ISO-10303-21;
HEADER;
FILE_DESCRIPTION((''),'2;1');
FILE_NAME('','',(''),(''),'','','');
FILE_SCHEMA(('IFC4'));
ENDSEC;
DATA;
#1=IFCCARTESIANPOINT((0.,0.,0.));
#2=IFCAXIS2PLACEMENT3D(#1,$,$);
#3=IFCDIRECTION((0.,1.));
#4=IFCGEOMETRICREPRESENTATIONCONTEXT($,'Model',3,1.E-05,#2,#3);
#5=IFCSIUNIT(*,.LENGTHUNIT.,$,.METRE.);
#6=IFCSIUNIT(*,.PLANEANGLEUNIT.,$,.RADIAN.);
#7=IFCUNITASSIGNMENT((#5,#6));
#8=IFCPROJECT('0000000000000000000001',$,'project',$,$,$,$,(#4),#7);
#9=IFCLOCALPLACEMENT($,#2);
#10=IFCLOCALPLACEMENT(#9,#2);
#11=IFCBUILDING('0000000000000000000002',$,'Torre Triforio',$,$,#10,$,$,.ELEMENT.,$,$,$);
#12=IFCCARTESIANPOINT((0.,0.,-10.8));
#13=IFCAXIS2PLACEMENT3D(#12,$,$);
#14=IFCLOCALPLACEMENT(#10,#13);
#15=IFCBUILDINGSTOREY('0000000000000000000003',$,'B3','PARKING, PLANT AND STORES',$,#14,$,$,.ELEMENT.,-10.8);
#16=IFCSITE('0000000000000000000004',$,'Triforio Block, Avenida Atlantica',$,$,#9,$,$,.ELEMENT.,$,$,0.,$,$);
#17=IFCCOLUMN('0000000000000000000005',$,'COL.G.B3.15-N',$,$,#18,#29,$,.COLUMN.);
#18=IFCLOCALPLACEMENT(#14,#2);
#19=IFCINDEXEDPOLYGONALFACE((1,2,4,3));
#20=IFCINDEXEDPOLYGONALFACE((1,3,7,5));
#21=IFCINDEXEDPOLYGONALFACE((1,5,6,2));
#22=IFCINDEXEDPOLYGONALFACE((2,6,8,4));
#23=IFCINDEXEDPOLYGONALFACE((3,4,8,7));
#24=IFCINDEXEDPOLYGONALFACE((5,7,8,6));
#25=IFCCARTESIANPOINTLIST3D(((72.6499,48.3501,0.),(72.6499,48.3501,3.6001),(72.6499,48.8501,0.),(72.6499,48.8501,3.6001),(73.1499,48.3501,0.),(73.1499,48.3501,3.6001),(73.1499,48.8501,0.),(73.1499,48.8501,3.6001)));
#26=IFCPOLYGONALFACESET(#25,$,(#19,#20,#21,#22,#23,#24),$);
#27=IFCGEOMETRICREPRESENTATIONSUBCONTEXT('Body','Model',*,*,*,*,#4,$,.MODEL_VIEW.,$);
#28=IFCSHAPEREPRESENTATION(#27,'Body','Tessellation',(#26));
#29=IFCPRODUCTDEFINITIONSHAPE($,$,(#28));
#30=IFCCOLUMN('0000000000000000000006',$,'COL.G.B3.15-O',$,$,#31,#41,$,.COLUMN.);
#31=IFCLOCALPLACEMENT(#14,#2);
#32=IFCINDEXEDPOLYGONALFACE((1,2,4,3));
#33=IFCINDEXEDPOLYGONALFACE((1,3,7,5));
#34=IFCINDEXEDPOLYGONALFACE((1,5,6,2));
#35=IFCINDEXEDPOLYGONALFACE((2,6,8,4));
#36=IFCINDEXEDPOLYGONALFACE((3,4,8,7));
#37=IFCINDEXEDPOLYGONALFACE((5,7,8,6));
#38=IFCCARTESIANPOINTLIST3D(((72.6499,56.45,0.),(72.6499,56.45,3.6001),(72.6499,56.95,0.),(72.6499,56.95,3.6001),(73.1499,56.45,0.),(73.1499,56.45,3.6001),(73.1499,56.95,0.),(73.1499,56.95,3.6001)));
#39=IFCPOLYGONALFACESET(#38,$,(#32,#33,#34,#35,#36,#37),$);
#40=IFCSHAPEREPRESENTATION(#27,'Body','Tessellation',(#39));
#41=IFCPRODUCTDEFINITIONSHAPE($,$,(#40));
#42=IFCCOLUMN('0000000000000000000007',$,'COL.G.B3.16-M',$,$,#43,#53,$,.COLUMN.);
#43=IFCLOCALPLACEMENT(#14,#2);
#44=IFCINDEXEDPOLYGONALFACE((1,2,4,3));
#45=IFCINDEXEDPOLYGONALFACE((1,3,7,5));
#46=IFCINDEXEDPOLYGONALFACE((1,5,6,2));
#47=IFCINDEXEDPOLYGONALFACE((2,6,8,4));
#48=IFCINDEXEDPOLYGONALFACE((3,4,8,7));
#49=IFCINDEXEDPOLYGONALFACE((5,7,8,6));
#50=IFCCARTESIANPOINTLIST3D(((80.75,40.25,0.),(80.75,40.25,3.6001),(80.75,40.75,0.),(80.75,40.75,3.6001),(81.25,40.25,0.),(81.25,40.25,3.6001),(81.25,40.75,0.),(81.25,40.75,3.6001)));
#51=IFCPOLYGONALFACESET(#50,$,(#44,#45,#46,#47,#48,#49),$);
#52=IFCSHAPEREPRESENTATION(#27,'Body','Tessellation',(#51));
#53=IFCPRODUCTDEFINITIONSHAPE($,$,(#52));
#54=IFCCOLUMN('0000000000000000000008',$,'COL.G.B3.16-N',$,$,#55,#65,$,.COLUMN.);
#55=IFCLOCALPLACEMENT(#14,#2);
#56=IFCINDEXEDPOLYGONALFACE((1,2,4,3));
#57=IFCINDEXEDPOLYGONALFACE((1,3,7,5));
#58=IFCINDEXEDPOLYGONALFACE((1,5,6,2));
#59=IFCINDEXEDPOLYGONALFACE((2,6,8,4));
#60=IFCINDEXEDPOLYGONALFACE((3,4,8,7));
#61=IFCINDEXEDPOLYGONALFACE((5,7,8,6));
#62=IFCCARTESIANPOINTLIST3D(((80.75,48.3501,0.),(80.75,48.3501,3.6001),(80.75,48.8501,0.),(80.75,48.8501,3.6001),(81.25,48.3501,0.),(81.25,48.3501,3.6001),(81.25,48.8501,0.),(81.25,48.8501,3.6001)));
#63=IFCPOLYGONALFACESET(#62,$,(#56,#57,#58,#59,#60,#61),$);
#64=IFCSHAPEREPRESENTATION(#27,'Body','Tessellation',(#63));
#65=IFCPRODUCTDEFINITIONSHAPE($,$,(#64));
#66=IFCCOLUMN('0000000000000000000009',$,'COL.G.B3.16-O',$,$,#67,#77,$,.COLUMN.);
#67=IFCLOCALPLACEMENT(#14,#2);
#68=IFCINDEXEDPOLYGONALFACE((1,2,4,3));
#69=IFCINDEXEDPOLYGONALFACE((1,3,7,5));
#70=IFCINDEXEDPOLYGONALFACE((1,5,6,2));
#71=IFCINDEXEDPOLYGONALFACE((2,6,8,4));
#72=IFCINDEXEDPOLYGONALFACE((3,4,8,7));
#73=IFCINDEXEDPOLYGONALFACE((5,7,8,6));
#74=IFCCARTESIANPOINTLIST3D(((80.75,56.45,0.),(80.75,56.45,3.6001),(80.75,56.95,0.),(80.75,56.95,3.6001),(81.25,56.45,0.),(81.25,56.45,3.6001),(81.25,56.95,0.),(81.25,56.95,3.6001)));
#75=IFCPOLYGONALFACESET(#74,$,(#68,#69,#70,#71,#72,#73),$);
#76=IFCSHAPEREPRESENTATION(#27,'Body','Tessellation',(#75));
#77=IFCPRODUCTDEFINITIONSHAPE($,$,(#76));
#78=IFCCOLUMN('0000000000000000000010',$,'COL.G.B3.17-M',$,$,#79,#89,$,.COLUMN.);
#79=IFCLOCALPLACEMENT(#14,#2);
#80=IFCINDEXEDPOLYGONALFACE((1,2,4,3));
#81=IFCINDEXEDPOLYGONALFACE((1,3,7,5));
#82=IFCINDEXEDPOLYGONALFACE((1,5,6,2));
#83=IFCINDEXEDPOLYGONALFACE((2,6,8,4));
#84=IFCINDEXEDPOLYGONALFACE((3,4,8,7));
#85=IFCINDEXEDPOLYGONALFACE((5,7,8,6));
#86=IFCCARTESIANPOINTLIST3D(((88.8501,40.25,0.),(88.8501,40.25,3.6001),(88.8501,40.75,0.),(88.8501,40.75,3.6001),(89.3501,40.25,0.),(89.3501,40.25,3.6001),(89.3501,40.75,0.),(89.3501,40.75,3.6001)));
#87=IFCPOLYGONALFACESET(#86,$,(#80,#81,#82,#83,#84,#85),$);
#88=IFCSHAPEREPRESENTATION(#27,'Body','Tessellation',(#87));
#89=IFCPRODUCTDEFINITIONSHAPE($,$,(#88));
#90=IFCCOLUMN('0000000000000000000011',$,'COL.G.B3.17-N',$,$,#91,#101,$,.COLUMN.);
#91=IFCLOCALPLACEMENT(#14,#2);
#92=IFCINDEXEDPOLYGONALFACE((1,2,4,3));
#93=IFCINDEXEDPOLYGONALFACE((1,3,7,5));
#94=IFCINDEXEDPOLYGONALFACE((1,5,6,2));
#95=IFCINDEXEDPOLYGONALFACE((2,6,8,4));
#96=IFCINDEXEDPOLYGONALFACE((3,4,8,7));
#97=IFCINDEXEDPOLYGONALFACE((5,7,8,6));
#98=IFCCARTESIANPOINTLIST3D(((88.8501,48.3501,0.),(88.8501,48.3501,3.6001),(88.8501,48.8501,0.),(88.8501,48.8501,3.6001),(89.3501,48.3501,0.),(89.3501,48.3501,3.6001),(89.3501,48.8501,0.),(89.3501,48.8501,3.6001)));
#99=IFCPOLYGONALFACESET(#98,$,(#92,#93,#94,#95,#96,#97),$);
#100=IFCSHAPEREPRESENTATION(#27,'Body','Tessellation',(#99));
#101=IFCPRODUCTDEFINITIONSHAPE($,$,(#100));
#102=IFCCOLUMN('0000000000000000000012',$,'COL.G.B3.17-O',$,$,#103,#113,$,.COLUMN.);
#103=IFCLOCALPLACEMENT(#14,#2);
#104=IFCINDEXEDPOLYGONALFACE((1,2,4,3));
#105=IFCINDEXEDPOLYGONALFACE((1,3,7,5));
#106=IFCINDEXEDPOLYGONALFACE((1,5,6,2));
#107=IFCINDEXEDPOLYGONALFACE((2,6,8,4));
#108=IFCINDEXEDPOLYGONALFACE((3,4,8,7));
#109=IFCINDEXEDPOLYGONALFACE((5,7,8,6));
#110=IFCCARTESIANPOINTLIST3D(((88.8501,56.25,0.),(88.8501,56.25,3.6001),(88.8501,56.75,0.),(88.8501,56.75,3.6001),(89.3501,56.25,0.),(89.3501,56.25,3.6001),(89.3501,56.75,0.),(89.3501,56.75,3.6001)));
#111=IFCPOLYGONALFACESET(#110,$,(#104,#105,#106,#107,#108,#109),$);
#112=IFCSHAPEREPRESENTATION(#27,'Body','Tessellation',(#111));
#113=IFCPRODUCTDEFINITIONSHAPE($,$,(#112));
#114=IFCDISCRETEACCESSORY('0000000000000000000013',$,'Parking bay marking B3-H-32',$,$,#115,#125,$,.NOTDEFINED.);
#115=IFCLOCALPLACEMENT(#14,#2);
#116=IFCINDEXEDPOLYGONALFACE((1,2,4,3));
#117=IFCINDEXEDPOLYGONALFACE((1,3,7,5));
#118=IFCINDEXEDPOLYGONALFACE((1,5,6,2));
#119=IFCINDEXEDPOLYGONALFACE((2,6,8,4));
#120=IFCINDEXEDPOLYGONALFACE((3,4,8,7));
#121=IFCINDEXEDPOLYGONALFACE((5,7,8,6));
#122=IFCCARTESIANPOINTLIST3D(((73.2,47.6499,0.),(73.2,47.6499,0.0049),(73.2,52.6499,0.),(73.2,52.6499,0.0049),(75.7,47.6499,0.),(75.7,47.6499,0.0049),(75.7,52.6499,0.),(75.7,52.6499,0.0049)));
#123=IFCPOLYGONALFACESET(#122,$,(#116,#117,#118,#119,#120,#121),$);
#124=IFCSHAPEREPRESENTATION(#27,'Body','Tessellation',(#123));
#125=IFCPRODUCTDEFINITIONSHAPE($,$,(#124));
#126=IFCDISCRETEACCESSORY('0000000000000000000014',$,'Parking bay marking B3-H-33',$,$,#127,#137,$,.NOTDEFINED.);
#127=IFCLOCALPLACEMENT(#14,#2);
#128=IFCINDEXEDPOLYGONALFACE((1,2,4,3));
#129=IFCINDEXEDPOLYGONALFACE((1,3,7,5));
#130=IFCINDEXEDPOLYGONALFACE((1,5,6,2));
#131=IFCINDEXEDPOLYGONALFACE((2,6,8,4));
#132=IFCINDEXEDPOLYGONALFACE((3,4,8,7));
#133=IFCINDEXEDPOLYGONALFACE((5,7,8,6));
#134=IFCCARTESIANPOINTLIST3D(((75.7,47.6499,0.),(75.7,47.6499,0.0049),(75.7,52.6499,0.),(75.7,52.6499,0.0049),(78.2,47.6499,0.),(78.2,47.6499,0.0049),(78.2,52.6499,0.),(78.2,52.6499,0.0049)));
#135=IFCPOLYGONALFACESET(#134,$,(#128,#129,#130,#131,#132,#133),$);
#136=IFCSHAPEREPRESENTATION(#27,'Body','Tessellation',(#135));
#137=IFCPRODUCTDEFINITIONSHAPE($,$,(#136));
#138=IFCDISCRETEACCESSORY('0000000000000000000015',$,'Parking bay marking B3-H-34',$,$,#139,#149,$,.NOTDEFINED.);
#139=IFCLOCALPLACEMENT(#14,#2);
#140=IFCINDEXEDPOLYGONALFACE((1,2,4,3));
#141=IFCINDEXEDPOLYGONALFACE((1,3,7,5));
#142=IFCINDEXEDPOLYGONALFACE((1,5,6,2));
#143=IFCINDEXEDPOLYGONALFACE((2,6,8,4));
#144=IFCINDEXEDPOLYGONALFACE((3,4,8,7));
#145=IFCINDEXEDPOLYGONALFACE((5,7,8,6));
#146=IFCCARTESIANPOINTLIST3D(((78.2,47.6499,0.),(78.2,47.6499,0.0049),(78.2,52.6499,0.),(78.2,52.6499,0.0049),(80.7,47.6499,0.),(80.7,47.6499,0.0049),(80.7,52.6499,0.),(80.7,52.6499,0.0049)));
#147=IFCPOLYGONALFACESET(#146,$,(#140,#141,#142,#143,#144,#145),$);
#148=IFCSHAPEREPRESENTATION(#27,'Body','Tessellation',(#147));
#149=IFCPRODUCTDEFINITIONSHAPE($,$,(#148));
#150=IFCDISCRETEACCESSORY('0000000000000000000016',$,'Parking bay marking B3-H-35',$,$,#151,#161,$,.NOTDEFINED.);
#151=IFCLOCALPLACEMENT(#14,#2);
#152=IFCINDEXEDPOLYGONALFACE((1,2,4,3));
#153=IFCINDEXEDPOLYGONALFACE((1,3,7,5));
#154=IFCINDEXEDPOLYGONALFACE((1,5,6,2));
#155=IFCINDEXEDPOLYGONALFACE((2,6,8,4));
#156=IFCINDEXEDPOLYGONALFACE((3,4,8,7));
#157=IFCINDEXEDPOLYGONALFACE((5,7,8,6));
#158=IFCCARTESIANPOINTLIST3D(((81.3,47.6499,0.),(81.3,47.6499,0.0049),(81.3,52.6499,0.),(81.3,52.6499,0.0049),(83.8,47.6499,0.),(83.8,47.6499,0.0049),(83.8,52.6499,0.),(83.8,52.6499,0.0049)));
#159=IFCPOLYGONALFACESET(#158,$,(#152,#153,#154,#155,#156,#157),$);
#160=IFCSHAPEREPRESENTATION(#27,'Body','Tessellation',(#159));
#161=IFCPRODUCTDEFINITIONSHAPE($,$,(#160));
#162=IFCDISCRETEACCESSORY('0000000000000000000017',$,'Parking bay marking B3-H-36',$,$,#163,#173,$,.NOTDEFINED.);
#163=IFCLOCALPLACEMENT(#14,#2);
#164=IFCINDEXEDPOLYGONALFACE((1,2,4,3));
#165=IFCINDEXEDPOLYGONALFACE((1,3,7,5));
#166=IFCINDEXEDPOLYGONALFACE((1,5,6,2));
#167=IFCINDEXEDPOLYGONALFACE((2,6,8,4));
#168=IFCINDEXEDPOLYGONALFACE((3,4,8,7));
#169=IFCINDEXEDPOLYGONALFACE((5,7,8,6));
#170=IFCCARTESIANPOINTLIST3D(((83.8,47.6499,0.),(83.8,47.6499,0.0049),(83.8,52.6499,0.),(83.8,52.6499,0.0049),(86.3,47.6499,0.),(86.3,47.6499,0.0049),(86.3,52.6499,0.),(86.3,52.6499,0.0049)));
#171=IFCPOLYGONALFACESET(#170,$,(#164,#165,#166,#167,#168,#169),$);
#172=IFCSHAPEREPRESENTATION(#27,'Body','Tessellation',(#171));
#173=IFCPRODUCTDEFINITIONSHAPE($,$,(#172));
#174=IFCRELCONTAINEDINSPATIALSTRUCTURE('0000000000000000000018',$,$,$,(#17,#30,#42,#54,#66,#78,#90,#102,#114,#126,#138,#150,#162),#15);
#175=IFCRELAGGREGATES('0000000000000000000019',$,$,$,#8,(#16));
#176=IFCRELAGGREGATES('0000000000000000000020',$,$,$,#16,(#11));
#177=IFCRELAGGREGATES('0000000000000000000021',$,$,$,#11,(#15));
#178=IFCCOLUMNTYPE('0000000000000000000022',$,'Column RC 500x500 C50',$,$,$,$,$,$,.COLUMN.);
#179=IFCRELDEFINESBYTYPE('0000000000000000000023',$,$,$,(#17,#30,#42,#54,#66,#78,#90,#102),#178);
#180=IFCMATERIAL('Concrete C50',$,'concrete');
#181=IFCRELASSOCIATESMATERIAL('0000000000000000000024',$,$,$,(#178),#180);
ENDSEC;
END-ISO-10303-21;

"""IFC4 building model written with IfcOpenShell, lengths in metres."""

from ifc_helpers import new_model, si_unit, direction, frame, origin, origin_2d, place, context, subcontext, project, spatial, rectangle, extrude, material, material_profile, profile_set, type_object, element, save


model = new_model("IFC4")

# Units and contexts
model_context = context("Model", 3, precision=1e-05, world=origin(), true_north=direction((0.0, 1.0)))
body_context = subcontext(model_context, "Body", "Model", "MODEL_VIEW")
ifc_project = project(units=[si_unit("LENGTHUNIT", "METRE"), si_unit("PLANEANGLEUNIT", "RADIAN")], contexts=[model_context])

# Site, building, storey
site_placement = place(None, origin())
site = spatial("IfcSite", under=ifc_project, at=site_placement, Name="Triforio Block, Avenida Atlantica", CompositionType="ELEMENT", RefElevation=0.0)
building_placement = place(site_placement, origin())
building = spatial("IfcBuilding", under=site, at=building_placement, Name="Torre Triforio", CompositionType="ELEMENT")
storey_placement = place(building_placement, frame((0.0, 0.0, -10.8)))
storey = spatial("IfcBuildingStorey", under=building, at=storey_placement, Name="B3", Description="PARKING, PLANT AND STORES", CompositionType="ELEMENT", Elevation=-10.8)

# Shared definitions
ifc_material_1 = material(Name="Concrete C50", Category="concrete")

# Columns
ifc_material_profile_1 = material_profile(ifc_material_1, rectangle(XDim=0.5, YDim=0.5, at=origin_2d()), Name="RC 500x500")
ifc_profile_set_1 = profile_set([ifc_material_profile_1], Name="Concrete C50")
column_type = type_object("IfcColumnType", Name="Column RC 500x500 C50", PredefinedType="COLUMN", material=ifc_profile_set_1)
for number, where, z_axis, x_axis, name in (
    (1, (72.8999, 48.6001, 0.0), (0.0, 0.0, 1.0), (1.0, 0.0, 0.0), "COL.G.B3.15-N"),
    (2, (72.8999, 56.7, 0.0), (0.0, 0.0, 1.0), (1.0, 0.0, 0.0), "COL.G.B3.15-O"),
    (3, (81.0, 40.5, 0.0), (0.0, 0.0, 1.0), (1.0, 0.0, 0.0), "COL.G.B3.16-M"),
    (4, (81.0, 48.6001, 0.0), (0.0, 0.0, 1.0), (1.0, 0.0, 0.0), "COL.G.B3.16-N"),
    (5, (81.0, 56.7, 0.0), (0.0, 0.0, 1.0), (1.0, 0.0, 0.0), "COL.G.B3.16-O"),
    (6, (89.1001, 40.5, 0.0), (0.0, 0.0, 1.0), (1.0, 0.0, 0.0), "COL.G.B3.17-M"),
    (7, (89.1001, 48.6001, 0.0), (0.0, 0.0, 1.0), (1.0, 0.0, 0.0), "COL.G.B3.17-N"),
    (8, (89.1001, 56.5, 0.0), (0.0, 0.0, 1.0), (1.0, 0.0, 0.0), "COL.G.B3.17-O"),
):
    element("IfcColumn", number, at=place(storey_placement, frame(where, z_axis=z_axis, x_axis=x_axis)), inside=storey, type_object=column_type, Name=name, PredefinedType="COLUMN", context=body_context, shape_type="SweptSolid", body=[
        extrude(rectangle(XDim=0.5, YDim=0.5, at=origin_2d()), origin(), (0.0, 0.0, 1.0), 3.6001),
    ])

# Discrete accessories
for number, where, z_axis, x_axis, name in (
    (9, (74.45, 50.1499, 0.0), (0.0, 0.0, 1.0), (1.0, 0.0, 0.0), "Parking bay marking B3-H-32"),
    (10, (76.95, 50.1499, 0.0), (0.0, 0.0, 1.0), (1.0, 0.0, 0.0), "Parking bay marking B3-H-33"),
    (11, (79.45, 50.1499, 0.0), (0.0, 0.0, 1.0), (1.0, 0.0, 0.0), "Parking bay marking B3-H-34"),
    (12, (82.55, 50.1499, 0.0), (0.0, 0.0, 1.0), (1.0, 0.0, 0.0), "Parking bay marking B3-H-35"),
    (13, (85.05, 50.1499, 0.0), (0.0, 0.0, 1.0), (1.0, 0.0, 0.0), "Parking bay marking B3-H-36"),
):
    element("IfcDiscreteAccessory", number, at=place(storey_placement, frame(where, z_axis=z_axis, x_axis=x_axis)), inside=storey, Name=name, PredefinedType="NOTDEFINED", context=body_context, shape_type="SweptSolid", body=[
        extrude(rectangle(XDim=2.5, YDim=5.0, at=origin_2d()), origin(), (0.0, 0.0, 1.0), 0.0049),
    ])

save(model, "model.ifc")
